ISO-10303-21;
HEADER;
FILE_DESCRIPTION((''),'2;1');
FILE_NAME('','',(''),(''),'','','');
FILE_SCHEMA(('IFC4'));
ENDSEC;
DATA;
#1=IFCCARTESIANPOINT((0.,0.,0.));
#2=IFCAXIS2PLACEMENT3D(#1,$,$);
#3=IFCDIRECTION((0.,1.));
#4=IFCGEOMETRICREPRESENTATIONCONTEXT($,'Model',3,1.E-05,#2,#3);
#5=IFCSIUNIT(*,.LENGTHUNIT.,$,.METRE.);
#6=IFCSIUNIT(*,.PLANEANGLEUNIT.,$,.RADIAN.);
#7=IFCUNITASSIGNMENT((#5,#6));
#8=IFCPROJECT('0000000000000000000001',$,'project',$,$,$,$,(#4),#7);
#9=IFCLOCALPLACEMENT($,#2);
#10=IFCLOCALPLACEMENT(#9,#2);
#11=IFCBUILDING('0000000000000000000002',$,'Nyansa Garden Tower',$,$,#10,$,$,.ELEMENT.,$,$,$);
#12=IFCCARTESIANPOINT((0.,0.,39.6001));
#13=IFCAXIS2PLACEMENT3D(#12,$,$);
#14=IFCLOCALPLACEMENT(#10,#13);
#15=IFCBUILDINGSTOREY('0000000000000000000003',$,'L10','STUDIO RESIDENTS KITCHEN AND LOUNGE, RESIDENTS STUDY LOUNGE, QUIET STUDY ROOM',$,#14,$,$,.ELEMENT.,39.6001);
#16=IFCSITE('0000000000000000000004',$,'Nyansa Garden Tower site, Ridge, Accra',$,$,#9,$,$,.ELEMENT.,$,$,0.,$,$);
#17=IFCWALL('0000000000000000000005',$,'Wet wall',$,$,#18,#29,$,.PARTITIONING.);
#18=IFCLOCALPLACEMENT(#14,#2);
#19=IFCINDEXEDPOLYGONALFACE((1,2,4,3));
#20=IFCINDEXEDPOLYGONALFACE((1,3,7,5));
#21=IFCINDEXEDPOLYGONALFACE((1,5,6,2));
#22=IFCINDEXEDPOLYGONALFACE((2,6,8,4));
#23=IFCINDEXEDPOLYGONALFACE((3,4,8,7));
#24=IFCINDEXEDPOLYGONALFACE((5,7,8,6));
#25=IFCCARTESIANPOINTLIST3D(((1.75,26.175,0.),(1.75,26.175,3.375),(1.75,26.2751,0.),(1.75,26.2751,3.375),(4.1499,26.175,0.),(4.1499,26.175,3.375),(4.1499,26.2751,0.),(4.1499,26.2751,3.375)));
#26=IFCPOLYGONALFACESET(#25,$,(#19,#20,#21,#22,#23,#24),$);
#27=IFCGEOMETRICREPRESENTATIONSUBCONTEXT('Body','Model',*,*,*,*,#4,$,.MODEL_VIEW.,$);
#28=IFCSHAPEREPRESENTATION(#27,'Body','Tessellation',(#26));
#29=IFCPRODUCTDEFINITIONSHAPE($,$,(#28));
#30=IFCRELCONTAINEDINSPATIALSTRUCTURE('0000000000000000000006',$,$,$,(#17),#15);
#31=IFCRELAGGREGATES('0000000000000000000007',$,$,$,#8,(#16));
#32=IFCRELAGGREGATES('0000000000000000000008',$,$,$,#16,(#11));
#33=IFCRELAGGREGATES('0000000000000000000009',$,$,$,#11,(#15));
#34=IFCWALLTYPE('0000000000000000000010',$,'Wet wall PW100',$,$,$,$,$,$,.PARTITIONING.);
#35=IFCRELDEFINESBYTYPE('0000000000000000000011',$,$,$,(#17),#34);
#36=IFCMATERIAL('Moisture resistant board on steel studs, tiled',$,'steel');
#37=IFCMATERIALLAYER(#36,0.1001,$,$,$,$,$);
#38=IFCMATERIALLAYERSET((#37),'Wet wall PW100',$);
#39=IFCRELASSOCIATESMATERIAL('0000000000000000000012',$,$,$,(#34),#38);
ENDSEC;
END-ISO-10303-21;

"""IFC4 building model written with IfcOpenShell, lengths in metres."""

from ifc_helpers import new_model, si_unit, direction, frame, frame_2d, origin, place, context, subcontext, project, spatial, rectangle, extrude, material, layer, layer_set, type_object, element, save


model = new_model("IFC4")

# Units and contexts
model_context = context("Model", 3, precision=1e-05, world=origin(), true_north=direction((0.0, 1.0)))
body_context = subcontext(model_context, "Body", "Model", "MODEL_VIEW")
ifc_project = project(units=[si_unit("LENGTHUNIT", "METRE"), si_unit("PLANEANGLEUNIT", "RADIAN")], contexts=[model_context])

# Site, building, storey
site_placement = place(None, origin())
site = spatial("IfcSite", under=ifc_project, at=site_placement, Name="Nyansa Garden Tower site, Ridge, Accra", CompositionType="ELEMENT", RefElevation=0.0)
building_placement = place(site_placement, origin())
building = spatial("IfcBuilding", under=site, at=building_placement, Name="Nyansa Garden Tower", CompositionType="ELEMENT")
storey_placement = place(building_placement, frame((0.0, 0.0, 39.6001)))
storey = spatial("IfcBuildingStorey", under=building, at=storey_placement, Name="L10", Description="STUDIO RESIDENTS KITCHEN AND LOUNGE, RESIDENTS STUDY LOUNGE, QUIET STUDY ROOM", CompositionType="ELEMENT", Elevation=39.6001)

# Wall
ifc_material_1 = material(Name="Moisture resistant board on steel studs, tiled", Category="steel")
ifc_layer_1 = layer(ifc_material_1, 0.1001)
ifc_layer_set_1 = layer_set([ifc_layer_1], Name="Wet wall PW100")
wall_type_1 = type_object("IfcWallType", Name="Wet wall PW100", PredefinedType="PARTITIONING", material=ifc_layer_set_1)
wall_1_placement = place(storey_placement, frame((1.75, 26.2251, 0.0), z_axis=(0.0, 0.0, 1.0), x_axis=(1.0, 0.0, 0.0)))
element("IfcWall", 1, at=wall_1_placement, inside=storey, type_object=wall_type_1, Name="Wet wall", PredefinedType="PARTITIONING", context=body_context, shape_type="SweptSolid", body=[
    extrude(rectangle(XDim=2.3999, YDim=0.1001, at=frame_2d((1.2, 0.0))), origin(), (0.0, 0.0, 1.0), 3.375),
])

save(model, "model.ifc")
